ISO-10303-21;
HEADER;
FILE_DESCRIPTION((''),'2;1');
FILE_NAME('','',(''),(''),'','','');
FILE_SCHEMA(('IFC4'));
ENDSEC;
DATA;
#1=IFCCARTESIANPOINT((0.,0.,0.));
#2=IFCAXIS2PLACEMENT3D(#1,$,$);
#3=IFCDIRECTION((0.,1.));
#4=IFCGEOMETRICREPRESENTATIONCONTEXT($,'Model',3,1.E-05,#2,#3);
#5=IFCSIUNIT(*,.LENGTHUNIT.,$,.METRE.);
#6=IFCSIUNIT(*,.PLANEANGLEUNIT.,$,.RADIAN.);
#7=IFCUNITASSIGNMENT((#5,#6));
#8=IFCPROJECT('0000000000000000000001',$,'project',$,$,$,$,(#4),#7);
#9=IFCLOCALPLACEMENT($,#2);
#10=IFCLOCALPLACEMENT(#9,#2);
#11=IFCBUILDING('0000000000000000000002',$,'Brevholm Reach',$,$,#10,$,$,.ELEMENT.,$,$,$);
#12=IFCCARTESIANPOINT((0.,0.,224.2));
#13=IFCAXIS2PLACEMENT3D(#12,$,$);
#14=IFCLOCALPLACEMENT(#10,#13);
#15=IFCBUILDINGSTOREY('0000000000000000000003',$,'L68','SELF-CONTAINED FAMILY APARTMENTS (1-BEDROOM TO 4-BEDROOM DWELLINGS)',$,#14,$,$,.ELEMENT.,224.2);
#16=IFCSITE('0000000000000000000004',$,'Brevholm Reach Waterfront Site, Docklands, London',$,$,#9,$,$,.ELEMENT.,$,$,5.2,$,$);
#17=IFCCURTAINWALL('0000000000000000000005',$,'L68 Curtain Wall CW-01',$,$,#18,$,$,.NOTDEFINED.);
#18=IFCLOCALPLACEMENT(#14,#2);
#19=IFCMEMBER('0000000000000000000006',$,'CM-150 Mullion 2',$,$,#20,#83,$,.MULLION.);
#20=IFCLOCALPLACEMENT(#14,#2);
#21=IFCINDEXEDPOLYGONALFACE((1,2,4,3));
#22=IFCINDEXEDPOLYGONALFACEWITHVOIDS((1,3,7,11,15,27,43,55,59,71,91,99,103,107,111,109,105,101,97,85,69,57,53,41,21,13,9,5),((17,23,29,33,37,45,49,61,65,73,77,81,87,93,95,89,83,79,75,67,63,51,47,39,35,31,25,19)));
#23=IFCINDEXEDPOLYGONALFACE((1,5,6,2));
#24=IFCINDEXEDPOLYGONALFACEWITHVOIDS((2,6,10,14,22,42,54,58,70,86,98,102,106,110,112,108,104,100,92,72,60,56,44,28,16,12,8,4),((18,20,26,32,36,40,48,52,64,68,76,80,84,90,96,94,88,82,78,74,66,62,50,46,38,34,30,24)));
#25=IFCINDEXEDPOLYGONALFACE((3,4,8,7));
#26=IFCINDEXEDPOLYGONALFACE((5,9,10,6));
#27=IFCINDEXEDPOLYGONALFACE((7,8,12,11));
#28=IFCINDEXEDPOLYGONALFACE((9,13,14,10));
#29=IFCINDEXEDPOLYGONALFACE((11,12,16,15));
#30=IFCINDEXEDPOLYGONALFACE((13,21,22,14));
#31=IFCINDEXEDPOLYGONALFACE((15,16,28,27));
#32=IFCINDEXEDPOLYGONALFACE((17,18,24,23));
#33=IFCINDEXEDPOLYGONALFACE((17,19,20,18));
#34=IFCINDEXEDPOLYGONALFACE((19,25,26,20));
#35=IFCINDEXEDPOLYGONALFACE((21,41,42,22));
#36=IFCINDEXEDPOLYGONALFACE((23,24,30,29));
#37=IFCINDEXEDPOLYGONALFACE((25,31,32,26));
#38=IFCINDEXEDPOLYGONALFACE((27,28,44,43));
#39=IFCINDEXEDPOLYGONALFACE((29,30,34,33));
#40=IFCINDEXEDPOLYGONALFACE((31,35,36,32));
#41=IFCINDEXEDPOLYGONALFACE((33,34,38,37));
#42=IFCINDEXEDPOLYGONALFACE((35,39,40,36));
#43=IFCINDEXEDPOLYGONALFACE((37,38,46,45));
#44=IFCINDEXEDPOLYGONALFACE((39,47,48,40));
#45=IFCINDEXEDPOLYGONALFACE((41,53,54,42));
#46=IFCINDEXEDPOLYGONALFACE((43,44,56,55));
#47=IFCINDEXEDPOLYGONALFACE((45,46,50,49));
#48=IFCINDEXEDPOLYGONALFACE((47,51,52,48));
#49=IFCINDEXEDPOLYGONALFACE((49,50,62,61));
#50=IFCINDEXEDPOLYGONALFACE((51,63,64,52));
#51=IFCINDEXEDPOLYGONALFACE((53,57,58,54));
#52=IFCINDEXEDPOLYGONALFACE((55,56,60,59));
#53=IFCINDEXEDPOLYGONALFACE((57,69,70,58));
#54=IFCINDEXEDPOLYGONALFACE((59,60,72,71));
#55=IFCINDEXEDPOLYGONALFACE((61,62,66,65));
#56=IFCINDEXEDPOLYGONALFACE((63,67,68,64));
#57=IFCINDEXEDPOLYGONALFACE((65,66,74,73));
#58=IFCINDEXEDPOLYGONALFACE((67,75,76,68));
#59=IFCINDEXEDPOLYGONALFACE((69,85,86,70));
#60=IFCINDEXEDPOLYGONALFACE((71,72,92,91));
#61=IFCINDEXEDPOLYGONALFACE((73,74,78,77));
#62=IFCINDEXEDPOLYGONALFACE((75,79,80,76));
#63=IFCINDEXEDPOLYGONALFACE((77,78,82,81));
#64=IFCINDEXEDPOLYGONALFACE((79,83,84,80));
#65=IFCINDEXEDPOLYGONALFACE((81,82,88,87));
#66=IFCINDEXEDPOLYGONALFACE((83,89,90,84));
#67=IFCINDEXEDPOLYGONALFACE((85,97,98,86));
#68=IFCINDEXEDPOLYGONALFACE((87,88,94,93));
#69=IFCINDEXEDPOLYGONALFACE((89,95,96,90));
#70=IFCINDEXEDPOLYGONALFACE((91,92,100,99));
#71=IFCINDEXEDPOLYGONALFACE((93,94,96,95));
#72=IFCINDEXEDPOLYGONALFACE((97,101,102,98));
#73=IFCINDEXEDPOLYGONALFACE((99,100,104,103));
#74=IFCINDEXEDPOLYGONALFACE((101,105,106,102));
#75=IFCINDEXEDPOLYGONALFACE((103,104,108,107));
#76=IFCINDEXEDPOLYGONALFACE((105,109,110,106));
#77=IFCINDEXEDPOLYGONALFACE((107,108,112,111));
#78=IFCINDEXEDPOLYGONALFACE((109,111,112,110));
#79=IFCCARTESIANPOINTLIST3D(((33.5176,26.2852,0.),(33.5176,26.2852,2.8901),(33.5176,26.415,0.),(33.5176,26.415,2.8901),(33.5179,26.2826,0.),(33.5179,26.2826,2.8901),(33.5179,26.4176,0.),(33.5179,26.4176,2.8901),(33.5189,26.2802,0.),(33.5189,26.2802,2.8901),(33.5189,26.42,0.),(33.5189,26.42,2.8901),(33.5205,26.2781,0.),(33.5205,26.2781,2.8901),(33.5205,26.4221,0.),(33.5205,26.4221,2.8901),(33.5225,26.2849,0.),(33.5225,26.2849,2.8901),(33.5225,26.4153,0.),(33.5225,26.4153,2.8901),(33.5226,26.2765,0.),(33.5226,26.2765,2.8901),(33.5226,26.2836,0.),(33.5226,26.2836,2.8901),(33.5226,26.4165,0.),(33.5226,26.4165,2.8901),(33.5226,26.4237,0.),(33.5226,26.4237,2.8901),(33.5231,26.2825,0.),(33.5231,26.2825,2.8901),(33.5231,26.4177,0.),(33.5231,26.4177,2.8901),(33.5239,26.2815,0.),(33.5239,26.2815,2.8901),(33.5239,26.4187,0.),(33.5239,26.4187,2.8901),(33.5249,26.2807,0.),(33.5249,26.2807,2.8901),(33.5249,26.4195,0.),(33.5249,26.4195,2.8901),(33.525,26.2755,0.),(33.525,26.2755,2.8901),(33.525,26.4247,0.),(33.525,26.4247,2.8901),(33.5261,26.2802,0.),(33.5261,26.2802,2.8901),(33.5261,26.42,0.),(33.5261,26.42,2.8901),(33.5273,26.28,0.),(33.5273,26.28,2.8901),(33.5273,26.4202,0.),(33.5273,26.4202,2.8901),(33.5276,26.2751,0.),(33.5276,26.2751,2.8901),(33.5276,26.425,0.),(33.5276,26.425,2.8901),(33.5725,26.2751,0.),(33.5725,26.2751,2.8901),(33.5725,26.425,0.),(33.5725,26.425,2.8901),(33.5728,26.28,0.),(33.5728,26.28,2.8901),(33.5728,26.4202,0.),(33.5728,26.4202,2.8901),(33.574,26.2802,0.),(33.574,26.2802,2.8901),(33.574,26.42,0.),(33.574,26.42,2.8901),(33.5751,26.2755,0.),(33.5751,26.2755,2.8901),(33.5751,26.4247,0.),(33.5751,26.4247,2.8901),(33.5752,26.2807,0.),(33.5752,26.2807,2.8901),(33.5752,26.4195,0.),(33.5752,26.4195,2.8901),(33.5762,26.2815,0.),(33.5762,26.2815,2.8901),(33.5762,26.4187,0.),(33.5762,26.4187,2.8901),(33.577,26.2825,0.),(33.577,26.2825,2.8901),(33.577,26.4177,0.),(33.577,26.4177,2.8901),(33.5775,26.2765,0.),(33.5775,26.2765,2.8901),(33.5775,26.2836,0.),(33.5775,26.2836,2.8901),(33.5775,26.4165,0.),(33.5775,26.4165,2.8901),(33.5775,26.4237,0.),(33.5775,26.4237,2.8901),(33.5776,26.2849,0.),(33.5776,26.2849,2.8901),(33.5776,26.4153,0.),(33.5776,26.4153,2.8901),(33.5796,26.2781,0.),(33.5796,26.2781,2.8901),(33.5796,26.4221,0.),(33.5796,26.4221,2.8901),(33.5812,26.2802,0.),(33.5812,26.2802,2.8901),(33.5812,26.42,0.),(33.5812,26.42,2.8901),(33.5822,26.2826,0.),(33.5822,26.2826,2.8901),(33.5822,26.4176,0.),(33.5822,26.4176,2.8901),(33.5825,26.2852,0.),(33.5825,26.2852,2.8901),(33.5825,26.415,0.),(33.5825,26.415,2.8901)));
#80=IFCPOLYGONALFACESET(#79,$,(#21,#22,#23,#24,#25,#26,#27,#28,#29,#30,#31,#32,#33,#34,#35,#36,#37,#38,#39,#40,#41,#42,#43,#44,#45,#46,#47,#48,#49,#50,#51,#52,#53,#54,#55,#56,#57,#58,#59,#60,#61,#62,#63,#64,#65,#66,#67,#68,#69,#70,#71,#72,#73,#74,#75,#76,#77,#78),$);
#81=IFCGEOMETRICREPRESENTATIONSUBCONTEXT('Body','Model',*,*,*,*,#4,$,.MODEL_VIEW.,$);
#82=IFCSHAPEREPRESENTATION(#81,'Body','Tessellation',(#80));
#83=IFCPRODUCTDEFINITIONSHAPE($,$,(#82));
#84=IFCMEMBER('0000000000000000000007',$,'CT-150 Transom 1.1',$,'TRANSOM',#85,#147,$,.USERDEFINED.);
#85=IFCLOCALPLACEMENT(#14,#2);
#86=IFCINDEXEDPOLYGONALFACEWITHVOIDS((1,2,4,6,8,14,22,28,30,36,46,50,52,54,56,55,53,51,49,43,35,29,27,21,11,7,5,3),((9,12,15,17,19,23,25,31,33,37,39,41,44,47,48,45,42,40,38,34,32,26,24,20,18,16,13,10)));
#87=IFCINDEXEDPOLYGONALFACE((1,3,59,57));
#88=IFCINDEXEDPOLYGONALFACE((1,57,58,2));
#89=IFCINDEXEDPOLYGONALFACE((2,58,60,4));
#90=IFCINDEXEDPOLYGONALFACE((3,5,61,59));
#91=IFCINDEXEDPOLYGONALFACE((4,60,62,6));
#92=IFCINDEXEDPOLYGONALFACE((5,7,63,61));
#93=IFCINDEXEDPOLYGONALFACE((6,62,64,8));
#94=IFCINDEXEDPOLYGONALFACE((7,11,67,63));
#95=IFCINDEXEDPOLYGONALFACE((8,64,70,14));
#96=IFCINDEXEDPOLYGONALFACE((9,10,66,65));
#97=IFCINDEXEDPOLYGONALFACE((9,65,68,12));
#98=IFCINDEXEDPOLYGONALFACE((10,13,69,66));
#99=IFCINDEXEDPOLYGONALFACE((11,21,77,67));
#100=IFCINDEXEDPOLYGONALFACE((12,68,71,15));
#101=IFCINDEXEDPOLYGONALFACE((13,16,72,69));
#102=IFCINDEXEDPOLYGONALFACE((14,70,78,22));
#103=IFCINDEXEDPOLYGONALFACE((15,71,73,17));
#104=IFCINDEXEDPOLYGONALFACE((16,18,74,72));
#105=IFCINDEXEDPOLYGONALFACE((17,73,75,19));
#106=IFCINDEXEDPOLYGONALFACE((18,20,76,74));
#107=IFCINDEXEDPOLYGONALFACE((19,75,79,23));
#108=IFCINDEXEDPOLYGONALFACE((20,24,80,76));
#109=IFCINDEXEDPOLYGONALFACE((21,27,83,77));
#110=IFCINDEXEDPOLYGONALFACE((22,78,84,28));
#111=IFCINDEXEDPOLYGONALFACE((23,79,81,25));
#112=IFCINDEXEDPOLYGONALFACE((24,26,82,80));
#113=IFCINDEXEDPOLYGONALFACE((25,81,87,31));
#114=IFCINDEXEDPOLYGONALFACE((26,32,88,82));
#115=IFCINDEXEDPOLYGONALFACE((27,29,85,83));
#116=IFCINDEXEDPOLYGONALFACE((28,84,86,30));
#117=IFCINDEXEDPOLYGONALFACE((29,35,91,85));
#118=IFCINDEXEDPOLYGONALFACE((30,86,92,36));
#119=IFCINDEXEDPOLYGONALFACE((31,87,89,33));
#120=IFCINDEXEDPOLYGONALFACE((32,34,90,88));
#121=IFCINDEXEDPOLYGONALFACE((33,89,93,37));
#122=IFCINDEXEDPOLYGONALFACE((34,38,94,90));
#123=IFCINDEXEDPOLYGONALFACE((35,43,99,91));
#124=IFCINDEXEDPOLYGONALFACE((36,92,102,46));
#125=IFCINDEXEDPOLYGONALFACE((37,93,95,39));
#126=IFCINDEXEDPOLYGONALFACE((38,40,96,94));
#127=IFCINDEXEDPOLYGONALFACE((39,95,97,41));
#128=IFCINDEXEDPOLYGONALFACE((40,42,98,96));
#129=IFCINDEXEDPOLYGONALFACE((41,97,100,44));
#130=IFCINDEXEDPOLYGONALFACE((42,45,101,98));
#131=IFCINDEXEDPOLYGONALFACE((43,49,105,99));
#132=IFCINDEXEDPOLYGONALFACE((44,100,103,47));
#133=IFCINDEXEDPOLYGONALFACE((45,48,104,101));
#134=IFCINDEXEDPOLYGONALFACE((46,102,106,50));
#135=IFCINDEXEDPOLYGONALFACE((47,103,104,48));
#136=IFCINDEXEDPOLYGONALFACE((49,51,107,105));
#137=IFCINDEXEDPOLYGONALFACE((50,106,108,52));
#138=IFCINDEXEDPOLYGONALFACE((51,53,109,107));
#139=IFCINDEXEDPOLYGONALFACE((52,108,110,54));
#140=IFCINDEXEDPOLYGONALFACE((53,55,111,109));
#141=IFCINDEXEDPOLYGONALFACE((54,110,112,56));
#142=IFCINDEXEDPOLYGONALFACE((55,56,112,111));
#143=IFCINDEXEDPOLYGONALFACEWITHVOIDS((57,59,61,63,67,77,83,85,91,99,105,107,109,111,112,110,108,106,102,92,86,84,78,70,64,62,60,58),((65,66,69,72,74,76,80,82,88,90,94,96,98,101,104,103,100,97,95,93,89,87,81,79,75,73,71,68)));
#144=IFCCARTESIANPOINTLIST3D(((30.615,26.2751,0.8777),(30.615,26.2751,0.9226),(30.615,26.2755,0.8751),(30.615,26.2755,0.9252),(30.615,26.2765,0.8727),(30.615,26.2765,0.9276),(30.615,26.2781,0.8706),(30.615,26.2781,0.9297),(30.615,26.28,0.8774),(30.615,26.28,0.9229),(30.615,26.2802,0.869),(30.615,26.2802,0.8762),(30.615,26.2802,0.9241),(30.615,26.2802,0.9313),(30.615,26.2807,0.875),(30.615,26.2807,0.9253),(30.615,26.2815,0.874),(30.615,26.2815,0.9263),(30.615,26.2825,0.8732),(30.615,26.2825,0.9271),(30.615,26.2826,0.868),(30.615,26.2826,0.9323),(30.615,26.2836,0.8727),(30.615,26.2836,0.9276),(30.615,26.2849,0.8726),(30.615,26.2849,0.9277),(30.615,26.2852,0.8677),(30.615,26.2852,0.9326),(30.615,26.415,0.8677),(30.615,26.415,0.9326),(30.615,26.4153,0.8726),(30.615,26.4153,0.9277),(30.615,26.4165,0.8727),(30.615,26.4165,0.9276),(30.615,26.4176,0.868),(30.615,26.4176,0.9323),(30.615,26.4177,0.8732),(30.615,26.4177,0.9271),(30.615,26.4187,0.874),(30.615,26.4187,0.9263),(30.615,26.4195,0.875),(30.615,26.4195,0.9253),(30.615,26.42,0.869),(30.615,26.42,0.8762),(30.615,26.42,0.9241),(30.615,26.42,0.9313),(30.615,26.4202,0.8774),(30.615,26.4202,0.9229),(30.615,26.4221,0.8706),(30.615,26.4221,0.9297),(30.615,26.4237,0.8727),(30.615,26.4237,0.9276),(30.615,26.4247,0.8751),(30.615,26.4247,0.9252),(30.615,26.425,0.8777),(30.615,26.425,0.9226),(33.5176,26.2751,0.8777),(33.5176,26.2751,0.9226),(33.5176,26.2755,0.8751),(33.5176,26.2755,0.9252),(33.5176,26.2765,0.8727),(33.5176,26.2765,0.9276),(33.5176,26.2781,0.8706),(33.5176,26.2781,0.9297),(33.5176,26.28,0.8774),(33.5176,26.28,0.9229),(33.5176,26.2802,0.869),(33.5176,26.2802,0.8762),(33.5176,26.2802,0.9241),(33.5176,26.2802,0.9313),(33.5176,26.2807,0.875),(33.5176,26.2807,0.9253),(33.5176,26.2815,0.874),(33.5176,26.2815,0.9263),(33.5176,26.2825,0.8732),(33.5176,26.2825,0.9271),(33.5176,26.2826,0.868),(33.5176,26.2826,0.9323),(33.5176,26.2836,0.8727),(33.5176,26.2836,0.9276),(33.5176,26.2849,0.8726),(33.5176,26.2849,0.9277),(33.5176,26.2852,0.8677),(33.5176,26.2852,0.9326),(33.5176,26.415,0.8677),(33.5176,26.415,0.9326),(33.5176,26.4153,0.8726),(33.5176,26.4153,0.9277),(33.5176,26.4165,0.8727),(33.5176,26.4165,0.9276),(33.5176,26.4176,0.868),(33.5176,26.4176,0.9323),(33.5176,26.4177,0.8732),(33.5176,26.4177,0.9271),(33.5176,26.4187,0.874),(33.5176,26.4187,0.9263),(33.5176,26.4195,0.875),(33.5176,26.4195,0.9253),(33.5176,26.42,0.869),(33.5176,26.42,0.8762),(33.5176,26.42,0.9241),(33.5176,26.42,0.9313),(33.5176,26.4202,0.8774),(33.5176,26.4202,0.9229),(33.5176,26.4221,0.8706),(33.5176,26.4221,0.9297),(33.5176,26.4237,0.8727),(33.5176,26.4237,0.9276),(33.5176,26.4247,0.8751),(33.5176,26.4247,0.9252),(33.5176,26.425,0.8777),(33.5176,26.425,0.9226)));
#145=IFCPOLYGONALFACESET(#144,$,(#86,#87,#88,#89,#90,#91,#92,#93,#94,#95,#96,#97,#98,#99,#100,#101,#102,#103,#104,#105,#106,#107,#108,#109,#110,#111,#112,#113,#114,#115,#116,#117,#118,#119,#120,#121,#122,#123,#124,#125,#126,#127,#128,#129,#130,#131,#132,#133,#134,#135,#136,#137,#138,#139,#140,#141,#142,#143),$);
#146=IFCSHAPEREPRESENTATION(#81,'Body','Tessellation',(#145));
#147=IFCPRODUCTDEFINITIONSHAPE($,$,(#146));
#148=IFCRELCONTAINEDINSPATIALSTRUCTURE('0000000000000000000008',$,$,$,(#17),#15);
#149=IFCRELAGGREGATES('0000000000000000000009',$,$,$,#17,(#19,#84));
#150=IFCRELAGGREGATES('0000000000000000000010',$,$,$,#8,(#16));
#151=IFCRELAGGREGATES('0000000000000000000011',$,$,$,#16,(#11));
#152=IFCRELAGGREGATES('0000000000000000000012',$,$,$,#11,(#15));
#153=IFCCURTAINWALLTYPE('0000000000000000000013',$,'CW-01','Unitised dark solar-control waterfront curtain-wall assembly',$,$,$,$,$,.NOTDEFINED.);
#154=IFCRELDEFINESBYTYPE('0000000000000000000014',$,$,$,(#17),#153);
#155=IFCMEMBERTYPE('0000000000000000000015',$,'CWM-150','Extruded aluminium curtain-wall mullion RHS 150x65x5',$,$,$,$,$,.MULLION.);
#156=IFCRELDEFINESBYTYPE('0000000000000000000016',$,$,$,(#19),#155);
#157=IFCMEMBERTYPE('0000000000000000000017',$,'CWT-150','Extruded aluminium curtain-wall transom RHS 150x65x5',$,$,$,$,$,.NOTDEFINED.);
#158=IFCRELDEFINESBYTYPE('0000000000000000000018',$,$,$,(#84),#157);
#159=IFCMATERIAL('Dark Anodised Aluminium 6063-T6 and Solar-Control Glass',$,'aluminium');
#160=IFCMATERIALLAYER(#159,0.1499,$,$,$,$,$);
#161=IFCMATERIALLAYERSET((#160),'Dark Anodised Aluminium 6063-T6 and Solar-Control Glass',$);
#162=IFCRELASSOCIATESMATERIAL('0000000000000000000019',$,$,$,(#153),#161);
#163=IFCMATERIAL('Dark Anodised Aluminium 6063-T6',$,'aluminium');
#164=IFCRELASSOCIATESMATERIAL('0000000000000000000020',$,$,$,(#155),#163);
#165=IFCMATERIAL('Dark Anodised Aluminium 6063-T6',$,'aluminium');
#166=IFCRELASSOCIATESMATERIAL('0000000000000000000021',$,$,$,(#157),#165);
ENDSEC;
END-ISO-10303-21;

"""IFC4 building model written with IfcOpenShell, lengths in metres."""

from ifc_helpers import new_model, si_unit, direction, frame, origin, origin_2d, place, context, subcontext, project, spatial, hollow_rectangle, extrude, material, layer, layer_set, material_profile, profile_set, type_object, element, aggregate, save


model = new_model("IFC4")

# Units and contexts
model_context = context("Model", 3, precision=1e-05, world=origin(), true_north=direction((0.0, 1.0)))
body_context = subcontext(model_context, "Body", "Model", "MODEL_VIEW")
ifc_project = project(units=[si_unit("LENGTHUNIT", "METRE"), si_unit("PLANEANGLEUNIT", "RADIAN")], contexts=[model_context])

# Site, building, storey
site_placement = place(None, origin())
site = spatial("IfcSite", under=ifc_project, at=site_placement, Name="Brevholm Reach Waterfront Site, Docklands, London", CompositionType="ELEMENT", RefElevation=5.2)
building_placement = place(site_placement, origin())
building = spatial("IfcBuilding", under=site, at=building_placement, Name="Brevholm Reach", CompositionType="ELEMENT")
storey_placement = place(building_placement, frame((0.0, 0.0, 224.2)))
storey = spatial("IfcBuildingStorey", under=building, at=storey_placement, Name="L68", Description="SELF-CONTAINED FAMILY APARTMENTS (1-BEDROOM TO 4-BEDROOM DWELLINGS)", CompositionType="ELEMENT", Elevation=224.2)

# Curtain wall, members
ifc_material_1 = material(Name="Dark Anodised Aluminium 6063-T6 and Solar-Control Glass", Category="aluminium")
ifc_layer_1 = layer(ifc_material_1, 0.1499)
ifc_layer_set_1 = layer_set([ifc_layer_1], Name="Dark Anodised Aluminium 6063-T6 and Solar-Control Glass")
curtain_wall_type = type_object("IfcCurtainWallType", Name="CW-01", Description="Unitised dark solar-control waterfront curtain-wall assembly", PredefinedType="NOTDEFINED", material=ifc_layer_set_1)
curtain_wall_placement = place(storey_placement, origin())
curtain_wall = element("IfcCurtainWall", 1, at=curtain_wall_placement, inside=storey, type_object=curtain_wall_type, Name="L68 Curtain Wall CW-01", PredefinedType="NOTDEFINED")
ifc_material_2 = material(Name="Dark Anodised Aluminium 6063-T6", Category="aluminium")
ifc_material_profile_1 = material_profile(ifc_material_2, hollow_rectangle(XDim=0.0649, YDim=0.1499, WallThickness=0.0049, InnerFilletRadius=0.0049, OuterFilletRadius=0.01, at=origin_2d()), Name="RHS 150x65x5")
ifc_profile_set_1 = profile_set([ifc_material_profile_1], Name="Dark Anodised Aluminium 6063-T6")
member_type_1 = type_object("IfcMemberType", Name="CWM-150", Description="Extruded aluminium curtain-wall mullion RHS 150x65x5", PredefinedType="MULLION", material=ifc_profile_set_1)
member_1_placement = place(storey_placement, frame((33.55, 26.3501, 0.0), z_axis=(0.0, 0.0, 1.0), x_axis=(1.0, 0.0, 0.0)))
member_1 = element("IfcMember", 2, at=member_1_placement, type_object=member_type_1, Name="CM-150 Mullion 2", PredefinedType="MULLION", context=body_context, shape_type="SweptSolid", body=[
    extrude(hollow_rectangle(XDim=0.0649, YDim=0.1499, WallThickness=0.0049, InnerFilletRadius=0.0049, OuterFilletRadius=0.01, at=origin_2d()), origin(), (0.0, 0.0, 1.0), 2.8901),
])
ifc_material_3 = material(Name="Dark Anodised Aluminium 6063-T6", Category="aluminium")
ifc_material_profile_2 = material_profile(ifc_material_3, hollow_rectangle(XDim=0.0649, YDim=0.1499, WallThickness=0.0049, InnerFilletRadius=0.0049, OuterFilletRadius=0.01, at=origin_2d()), Name="RHS 150x65x5")
ifc_profile_set_2 = profile_set([ifc_material_profile_2], Name="Dark Anodised Aluminium 6063-T6")
member_type_2 = type_object("IfcMemberType", Name="CWT-150", Description="Extruded aluminium curtain-wall transom RHS 150x65x5", PredefinedType="NOTDEFINED", material=ifc_profile_set_2)
member_2_placement = place(storey_placement, frame((30.615, 26.3501, 0.9001), z_axis=(1.0, 0.0, 0.0), x_axis=(0.0, 0.0, 1.0)))
member_2 = element("IfcMember", 3, at=member_2_placement, type_object=member_type_2, Name="CT-150 Transom 1.1", ObjectType="TRANSOM", PredefinedType="USERDEFINED", context=body_context, shape_type="SweptSolid", body=[
    extrude(hollow_rectangle(XDim=0.0649, YDim=0.1499, WallThickness=0.0049, InnerFilletRadius=0.0049, OuterFilletRadius=0.01, at=origin_2d()), origin(), (0.0, 0.0, 1.0), 2.9026),
])
aggregate(curtain_wall, [member_1, member_2])

save(model, "model.ifc")
